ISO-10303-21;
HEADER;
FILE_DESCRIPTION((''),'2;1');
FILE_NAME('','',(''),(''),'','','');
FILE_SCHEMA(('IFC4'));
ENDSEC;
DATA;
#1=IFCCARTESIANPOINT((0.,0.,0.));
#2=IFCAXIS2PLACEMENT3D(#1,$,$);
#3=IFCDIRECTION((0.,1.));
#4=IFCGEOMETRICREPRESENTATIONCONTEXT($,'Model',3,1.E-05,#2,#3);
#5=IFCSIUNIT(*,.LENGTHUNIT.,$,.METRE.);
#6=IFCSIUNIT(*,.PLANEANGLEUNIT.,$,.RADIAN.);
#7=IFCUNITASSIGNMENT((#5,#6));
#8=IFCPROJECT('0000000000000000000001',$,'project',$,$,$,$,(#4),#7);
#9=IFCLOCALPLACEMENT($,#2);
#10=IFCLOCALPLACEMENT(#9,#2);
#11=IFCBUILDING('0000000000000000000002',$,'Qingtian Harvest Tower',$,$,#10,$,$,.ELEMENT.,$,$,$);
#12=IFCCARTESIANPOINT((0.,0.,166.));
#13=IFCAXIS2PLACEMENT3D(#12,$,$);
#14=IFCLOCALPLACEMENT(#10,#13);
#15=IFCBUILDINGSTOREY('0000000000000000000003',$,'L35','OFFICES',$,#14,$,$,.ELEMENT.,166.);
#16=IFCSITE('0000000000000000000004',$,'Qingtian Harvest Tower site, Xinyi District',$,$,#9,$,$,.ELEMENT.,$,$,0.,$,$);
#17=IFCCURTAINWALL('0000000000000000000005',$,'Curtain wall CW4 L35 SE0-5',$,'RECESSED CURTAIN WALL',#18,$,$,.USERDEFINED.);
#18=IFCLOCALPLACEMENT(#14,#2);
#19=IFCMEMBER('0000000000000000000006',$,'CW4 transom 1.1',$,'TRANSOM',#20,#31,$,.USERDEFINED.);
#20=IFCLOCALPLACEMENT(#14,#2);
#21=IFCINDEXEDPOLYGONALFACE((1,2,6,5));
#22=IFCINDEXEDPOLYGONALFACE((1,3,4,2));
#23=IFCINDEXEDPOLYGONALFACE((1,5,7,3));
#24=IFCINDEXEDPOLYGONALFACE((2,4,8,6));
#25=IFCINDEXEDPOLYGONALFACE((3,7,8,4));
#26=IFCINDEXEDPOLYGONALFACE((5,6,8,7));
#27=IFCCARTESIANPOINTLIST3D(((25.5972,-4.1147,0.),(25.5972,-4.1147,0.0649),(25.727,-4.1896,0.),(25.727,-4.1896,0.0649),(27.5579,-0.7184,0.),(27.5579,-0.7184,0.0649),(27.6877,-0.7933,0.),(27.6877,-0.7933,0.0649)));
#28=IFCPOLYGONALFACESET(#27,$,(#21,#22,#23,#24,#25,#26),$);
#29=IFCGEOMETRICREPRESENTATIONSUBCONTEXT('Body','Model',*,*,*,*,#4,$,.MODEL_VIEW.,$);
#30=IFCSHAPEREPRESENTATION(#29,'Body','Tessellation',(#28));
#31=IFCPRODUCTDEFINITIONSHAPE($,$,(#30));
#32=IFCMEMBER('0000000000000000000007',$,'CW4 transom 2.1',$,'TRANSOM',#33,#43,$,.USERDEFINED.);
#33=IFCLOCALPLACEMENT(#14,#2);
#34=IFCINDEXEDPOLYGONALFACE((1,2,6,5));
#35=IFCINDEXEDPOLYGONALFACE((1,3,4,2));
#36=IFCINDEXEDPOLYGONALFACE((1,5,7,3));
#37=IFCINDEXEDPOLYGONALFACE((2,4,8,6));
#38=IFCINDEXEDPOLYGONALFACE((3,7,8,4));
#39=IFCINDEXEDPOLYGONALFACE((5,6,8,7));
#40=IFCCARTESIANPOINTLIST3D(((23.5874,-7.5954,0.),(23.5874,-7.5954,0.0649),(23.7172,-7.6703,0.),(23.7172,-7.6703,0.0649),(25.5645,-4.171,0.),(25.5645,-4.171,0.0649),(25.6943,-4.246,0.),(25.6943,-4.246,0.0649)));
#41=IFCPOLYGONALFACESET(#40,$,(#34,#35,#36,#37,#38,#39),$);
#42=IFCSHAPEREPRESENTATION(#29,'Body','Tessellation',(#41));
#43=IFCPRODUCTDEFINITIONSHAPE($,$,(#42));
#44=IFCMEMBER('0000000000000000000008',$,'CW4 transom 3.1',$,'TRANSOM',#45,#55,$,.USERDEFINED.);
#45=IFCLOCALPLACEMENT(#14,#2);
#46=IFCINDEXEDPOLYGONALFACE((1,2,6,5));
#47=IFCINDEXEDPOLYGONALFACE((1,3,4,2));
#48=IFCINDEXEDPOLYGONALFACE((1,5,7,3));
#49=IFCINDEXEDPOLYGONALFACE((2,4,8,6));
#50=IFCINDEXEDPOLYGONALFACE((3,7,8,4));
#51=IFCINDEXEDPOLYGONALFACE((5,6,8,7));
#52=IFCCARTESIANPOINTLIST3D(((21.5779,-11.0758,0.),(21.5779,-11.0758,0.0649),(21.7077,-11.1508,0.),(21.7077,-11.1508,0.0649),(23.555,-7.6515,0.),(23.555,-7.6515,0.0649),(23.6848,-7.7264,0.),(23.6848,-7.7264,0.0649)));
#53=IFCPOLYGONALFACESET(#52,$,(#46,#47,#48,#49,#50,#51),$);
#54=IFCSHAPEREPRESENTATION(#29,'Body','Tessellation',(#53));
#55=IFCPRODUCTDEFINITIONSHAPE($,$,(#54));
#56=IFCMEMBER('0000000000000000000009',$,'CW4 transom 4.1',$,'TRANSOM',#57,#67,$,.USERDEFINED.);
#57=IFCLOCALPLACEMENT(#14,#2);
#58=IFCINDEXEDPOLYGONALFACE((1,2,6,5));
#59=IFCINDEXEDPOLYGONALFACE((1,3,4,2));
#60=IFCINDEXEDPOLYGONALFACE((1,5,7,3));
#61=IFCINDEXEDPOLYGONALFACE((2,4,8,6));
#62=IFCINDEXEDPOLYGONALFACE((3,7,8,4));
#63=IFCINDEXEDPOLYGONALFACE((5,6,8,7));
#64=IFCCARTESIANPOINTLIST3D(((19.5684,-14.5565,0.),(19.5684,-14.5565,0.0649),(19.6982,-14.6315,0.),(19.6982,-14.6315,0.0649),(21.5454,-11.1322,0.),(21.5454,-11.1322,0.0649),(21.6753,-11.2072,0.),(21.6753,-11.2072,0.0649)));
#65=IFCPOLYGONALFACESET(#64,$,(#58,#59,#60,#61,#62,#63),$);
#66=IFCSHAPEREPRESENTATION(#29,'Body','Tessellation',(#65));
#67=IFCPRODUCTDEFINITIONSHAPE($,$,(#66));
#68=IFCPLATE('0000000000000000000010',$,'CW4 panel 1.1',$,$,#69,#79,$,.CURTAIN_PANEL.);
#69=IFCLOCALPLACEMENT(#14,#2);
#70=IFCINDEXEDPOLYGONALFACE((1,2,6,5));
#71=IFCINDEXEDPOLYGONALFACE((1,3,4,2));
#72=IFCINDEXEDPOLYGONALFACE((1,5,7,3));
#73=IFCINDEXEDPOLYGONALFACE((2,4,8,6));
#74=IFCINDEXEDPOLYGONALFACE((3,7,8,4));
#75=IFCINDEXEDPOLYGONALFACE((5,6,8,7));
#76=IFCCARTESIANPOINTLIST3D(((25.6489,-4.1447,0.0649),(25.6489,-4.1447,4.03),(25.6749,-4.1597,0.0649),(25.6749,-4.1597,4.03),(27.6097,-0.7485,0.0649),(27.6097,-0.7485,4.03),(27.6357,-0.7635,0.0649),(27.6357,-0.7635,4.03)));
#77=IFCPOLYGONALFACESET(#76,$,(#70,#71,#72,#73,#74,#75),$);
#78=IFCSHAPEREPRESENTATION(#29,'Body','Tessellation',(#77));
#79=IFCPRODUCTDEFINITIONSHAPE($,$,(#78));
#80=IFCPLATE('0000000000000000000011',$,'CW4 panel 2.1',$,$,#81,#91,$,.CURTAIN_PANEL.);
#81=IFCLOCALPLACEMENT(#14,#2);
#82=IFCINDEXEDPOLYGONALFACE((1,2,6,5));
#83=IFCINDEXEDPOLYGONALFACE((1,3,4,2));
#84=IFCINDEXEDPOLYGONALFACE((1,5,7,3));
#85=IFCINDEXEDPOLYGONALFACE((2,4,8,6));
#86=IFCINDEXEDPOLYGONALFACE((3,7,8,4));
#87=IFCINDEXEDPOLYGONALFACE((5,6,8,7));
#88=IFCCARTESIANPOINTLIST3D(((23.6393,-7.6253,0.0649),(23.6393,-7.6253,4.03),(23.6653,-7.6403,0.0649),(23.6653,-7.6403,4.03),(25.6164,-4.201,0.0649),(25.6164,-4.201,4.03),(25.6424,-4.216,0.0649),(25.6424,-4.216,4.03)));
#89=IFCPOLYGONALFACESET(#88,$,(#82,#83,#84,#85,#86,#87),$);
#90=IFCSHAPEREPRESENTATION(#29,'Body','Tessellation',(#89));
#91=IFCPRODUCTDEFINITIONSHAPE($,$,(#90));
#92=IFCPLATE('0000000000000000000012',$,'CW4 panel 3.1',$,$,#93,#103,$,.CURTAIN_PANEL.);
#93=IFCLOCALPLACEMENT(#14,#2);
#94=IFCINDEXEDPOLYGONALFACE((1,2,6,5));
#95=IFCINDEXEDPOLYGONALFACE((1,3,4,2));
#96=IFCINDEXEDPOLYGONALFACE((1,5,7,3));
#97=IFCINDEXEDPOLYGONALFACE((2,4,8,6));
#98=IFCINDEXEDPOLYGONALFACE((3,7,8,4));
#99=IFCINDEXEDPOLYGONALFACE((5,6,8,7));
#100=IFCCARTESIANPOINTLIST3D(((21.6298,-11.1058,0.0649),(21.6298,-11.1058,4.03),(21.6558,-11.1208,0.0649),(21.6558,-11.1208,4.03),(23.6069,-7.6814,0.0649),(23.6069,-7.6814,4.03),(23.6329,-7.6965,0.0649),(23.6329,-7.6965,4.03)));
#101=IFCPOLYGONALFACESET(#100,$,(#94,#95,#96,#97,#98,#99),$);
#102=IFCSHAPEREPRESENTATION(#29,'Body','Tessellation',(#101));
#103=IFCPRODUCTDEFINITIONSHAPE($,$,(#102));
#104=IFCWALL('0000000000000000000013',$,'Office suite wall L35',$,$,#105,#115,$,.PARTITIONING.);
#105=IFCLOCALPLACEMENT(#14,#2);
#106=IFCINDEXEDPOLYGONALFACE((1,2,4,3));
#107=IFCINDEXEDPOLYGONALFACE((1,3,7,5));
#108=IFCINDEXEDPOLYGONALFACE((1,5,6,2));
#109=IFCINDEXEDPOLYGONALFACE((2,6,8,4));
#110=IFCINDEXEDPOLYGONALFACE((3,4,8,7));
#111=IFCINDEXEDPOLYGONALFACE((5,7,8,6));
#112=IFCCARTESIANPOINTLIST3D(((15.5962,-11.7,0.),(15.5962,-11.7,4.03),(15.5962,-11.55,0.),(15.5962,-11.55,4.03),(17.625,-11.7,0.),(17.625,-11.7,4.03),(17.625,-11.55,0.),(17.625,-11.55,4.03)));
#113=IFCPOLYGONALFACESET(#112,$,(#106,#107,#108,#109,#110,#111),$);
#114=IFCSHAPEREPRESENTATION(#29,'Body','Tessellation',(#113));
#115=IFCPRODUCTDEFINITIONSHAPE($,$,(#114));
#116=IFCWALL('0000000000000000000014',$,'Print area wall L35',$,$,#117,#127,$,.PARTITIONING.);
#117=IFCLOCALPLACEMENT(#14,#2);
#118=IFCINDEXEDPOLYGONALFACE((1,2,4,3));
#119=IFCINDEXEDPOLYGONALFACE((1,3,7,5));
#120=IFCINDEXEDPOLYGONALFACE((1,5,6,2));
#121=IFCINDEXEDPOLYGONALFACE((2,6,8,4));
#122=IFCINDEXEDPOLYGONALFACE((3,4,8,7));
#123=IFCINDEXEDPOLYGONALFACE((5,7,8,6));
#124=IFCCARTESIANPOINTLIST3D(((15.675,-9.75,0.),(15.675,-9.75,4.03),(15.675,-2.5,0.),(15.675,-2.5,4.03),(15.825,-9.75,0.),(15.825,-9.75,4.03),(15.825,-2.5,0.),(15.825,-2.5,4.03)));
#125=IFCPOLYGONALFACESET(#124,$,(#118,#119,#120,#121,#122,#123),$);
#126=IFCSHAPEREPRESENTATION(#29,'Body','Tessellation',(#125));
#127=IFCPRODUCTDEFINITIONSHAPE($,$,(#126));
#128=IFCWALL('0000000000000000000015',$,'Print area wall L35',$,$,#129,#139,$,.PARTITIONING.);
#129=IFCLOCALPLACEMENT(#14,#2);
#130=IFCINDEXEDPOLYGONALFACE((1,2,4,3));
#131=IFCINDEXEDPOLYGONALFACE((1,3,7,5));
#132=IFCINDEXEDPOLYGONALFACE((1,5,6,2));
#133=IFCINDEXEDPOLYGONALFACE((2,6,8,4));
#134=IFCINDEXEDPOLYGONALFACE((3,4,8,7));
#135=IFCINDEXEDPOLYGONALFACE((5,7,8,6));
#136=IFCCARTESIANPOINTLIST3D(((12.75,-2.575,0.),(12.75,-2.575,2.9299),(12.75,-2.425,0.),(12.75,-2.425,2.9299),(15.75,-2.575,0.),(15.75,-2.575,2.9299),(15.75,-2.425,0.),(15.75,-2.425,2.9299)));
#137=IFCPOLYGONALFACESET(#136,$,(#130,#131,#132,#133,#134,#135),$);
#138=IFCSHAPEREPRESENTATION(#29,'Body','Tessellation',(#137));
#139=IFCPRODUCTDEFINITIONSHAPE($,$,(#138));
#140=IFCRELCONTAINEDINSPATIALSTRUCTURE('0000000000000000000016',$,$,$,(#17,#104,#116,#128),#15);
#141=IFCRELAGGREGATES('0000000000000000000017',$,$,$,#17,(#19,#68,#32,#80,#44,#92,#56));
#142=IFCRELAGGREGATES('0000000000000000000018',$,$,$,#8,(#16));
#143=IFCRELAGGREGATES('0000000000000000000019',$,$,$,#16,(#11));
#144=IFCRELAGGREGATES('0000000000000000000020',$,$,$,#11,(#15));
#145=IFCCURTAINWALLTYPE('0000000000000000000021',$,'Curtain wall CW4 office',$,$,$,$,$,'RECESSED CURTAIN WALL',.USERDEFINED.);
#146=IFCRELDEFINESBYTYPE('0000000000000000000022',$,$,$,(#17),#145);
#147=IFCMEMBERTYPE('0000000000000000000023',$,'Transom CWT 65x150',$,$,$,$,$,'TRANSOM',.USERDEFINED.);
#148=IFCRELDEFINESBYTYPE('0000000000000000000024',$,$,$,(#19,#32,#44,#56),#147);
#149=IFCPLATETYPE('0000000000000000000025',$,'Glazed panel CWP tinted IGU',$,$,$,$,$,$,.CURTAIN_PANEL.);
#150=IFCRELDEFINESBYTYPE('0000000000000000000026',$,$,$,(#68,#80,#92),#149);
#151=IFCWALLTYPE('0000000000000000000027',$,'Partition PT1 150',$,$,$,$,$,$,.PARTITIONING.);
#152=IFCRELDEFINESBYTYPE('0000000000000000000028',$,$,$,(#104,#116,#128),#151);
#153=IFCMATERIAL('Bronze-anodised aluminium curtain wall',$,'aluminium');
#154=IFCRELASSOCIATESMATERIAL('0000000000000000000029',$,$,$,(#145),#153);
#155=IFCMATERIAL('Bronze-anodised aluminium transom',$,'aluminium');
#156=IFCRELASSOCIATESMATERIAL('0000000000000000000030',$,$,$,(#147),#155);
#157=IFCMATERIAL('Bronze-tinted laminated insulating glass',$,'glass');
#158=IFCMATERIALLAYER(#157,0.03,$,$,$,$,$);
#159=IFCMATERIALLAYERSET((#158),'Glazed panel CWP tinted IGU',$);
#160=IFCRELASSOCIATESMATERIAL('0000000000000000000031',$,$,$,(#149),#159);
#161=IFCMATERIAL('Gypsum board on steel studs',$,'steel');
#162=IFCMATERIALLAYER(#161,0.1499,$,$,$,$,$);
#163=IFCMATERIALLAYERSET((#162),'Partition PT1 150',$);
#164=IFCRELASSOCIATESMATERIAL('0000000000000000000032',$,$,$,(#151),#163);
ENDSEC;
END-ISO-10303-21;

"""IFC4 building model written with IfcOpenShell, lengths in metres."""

from ifc_helpers import new_model, si_unit, direction, frame, frame_2d, origin, origin_2d, place, context, subcontext, project, spatial, rectangle, extrude, material, layer, layer_set, material_profile, profile_set, type_object, element, aggregate, save


model = new_model("IFC4")

# Units and contexts
model_context = context("Model", 3, precision=1e-05, world=origin(), true_north=direction((0.0, 1.0)))
body_context = subcontext(model_context, "Body", "Model", "MODEL_VIEW")
ifc_project = project(units=[si_unit("LENGTHUNIT", "METRE"), si_unit("PLANEANGLEUNIT", "RADIAN")], contexts=[model_context])

# Site, building, storey
site_placement = place(None, origin())
site = spatial("IfcSite", under=ifc_project, at=site_placement, Name="Qingtian Harvest Tower site, Xinyi District", CompositionType="ELEMENT", RefElevation=0.0)
building_placement = place(site_placement, origin())
building = spatial("IfcBuilding", under=site, at=building_placement, Name="Qingtian Harvest Tower", CompositionType="ELEMENT")
storey_placement = place(building_placement, frame((0.0, 0.0, 166.0)))
storey = spatial("IfcBuildingStorey", under=building, at=storey_placement, Name="L35", Description="OFFICES", CompositionType="ELEMENT", Elevation=166.0)

# Shared definitions
ifc_material_1 = material(Name="Bronze-anodised aluminium curtain wall", Category="aluminium")
curtain_wall_type = type_object("IfcCurtainWallType", Name="Curtain wall CW4 office", ElementType="RECESSED CURTAIN WALL", PredefinedType="USERDEFINED", material=ifc_material_1)

# Curtain wall
curtain_wall_1_placement = place(storey_placement, origin())
curtain_wall_1 = element("IfcCurtainWall", 1, at=curtain_wall_1_placement, inside=storey, type_object=curtain_wall_type, Name="Curtain wall CW4 L35 SE0-5", ObjectType="RECESSED CURTAIN WALL", PredefinedType="USERDEFINED")

# Members
ifc_material_2 = material(Name="Bronze-anodised aluminium transom", Category="aluminium")
ifc_material_profile_1 = material_profile(ifc_material_2, rectangle(XDim=0.1499, YDim=0.0649, at=origin_2d()), Name="AL 65x150")
ifc_profile_set_1 = profile_set([ifc_material_profile_1], Name="Bronze-anodised aluminium transom")
member_type_1 = type_object("IfcMemberType", Name="Transom CWT 65x150", ElementType="TRANSOM", PredefinedType="USERDEFINED", material=ifc_profile_set_1)
member_1_placement = place(storey_placement, frame((27.6228, -0.7559, 0.0325), z_axis=(-0.499976, -0.866039, 0.0), x_axis=(0.866039, -0.499976, 0.0)))
member_1 = element("IfcMember", 2, at=member_1_placement, type_object=member_type_1, Name="CW4 transom 1.1", ObjectType="TRANSOM", PredefinedType="USERDEFINED", context=body_context, shape_type="SweptSolid", body=[
    extrude(rectangle(XDim=0.1499, YDim=0.0649, at=origin_2d()), origin(), (0.0, 0.0, 1.0), 3.9216),
])
member_2_placement = place(storey_placement, frame((25.6294, -4.2085, 0.0325), z_axis=(-0.500004, -0.866023, 0.0), x_axis=(0.866023, -0.500004, 0.0)))
member_2 = element("IfcMember", 3, at=member_2_placement, type_object=member_type_1, Name="CW4 transom 2.1", ObjectType="TRANSOM", PredefinedType="USERDEFINED", context=body_context, shape_type="SweptSolid", body=[
    extrude(rectangle(XDim=0.1499, YDim=0.0649, at=origin_2d()), origin(), (0.0, 0.0, 1.0), 3.9541),
])
member_3_placement = place(storey_placement, frame((23.6199, -7.689, 0.0325), z_axis=(-0.500004, -0.866023, 0.0), x_axis=(0.866023, -0.500004, 0.0)))
member_3 = element("IfcMember", 4, at=member_3_placement, type_object=member_type_1, Name="CW4 transom 3.1", ObjectType="TRANSOM", PredefinedType="USERDEFINED", context=body_context, shape_type="SweptSolid", body=[
    extrude(rectangle(XDim=0.1499, YDim=0.0649, at=origin_2d()), origin(), (0.0, 0.0, 1.0), 3.9541),
])
member_4_placement = place(storey_placement, frame((21.6104, -11.1697, 0.0325), z_axis=(-0.500004, -0.866023, 0.0), x_axis=(0.866023, -0.500004, 0.0)))
member_4 = element("IfcMember", 5, at=member_4_placement, type_object=member_type_1, Name="CW4 transom 4.1", ObjectType="TRANSOM", PredefinedType="USERDEFINED", context=body_context, shape_type="SweptSolid", body=[
    extrude(rectangle(XDim=0.1499, YDim=0.0649, at=origin_2d()), origin(), (0.0, 0.0, 1.0), 3.9541),
])

# Plates
ifc_material_3 = material(Name="Bronze-tinted laminated insulating glass", Category="glass")
ifc_layer_1 = layer(ifc_material_3, 0.03)
ifc_layer_set_1 = layer_set([ifc_layer_1], Name="Glazed panel CWP tinted IGU")
plate_type = type_object("IfcPlateType", Name="Glazed panel CWP tinted IGU", PredefinedType="CURTAIN_PANEL", material=ifc_layer_set_1)
plate_1_placement = place(storey_placement, frame((26.6423, -2.4541, 0.0649), z_axis=(0.0, 0.0, 1.0), x_axis=(-0.5, -0.866025, 0.0)))
plate_1 = element("IfcPlate", 6, at=plate_1_placement, type_object=plate_type, Name="CW4 panel 1.1", PredefinedType="CURTAIN_PANEL", context=body_context, shape_type="SweptSolid", body=[
    extrude(rectangle(XDim=3.9216, YDim=0.03, at=origin_2d()), origin(), (0.0, 0.0, 1.0), 3.9651),
])
plate_2_placement = place(storey_placement, frame((24.6409, -5.9207, 0.0649), z_axis=(0.0, 0.0, 1.0), x_axis=(-0.5, -0.866025, 0.0)))
plate_2 = element("IfcPlate", 7, at=plate_2_placement, type_object=plate_type, Name="CW4 panel 2.1", PredefinedType="CURTAIN_PANEL", context=body_context, shape_type="SweptSolid", body=[
    extrude(rectangle(XDim=3.9541, YDim=0.03, at=origin_2d()), origin(), (0.0, 0.0, 1.0), 3.9651),
])
plate_3_placement = place(storey_placement, frame((22.6313, -9.4011, 0.0649), z_axis=(0.0, 0.0, 1.0), x_axis=(-0.5, -0.866025, 0.0)))
plate_3 = element("IfcPlate", 8, at=plate_3_placement, type_object=plate_type, Name="CW4 panel 3.1", PredefinedType="CURTAIN_PANEL", context=body_context, shape_type="SweptSolid", body=[
    extrude(rectangle(XDim=3.9541, YDim=0.03, at=origin_2d()), origin(), (0.0, 0.0, 1.0), 3.9651),
])
aggregate(curtain_wall_1, [member_1, plate_1, member_2, plate_2, member_3, plate_3, member_4])

# Walls
ifc_material_4 = material(Name="Gypsum board on steel studs", Category="steel")
ifc_layer_2 = layer(ifc_material_4, 0.1499)
ifc_layer_set_2 = layer_set([ifc_layer_2], Name="Partition PT1 150")
wall_type = type_object("IfcWallType", Name="Partition PT1 150", PredefinedType="PARTITIONING", material=ifc_layer_set_2)
wall_1_placement = place(storey_placement, frame((17.625, -11.625, 0.0), z_axis=(0.0, 0.0, 1.0), x_axis=(-1.0, 0.0, 0.0)))
element("IfcWall", 9, at=wall_1_placement, inside=storey, type_object=wall_type, Name="Office suite wall L35", PredefinedType="PARTITIONING", context=body_context, shape_type="SweptSolid", body=[
    extrude(rectangle(XDim=2.0288, YDim=0.1499, at=frame_2d((1.0144, 0.0))), origin(), (0.0, 0.0, 1.0), 4.03),
])
wall_2_placement = place(storey_placement, frame((15.75, -9.75, 0.0), z_axis=(0.0, 0.0, 1.0), x_axis=(0.0, 1.0, 0.0)))
element("IfcWall", 10, at=wall_2_placement, inside=storey, type_object=wall_type, Name="Print area wall L35", PredefinedType="PARTITIONING", context=body_context, shape_type="SweptSolid", body=[
    extrude(rectangle(XDim=7.25, YDim=0.1499, at=frame_2d((3.625, 0.0))), origin(), (0.0, 0.0, 1.0), 4.03),
])
wall_3_placement = place(storey_placement, frame((12.75, -2.5, 0.0), z_axis=(0.0, 0.0, 1.0), x_axis=(1.0, 0.0, 0.0)))
element("IfcWall", 11, at=wall_3_placement, inside=storey, type_object=wall_type, Name="Print area wall L35", PredefinedType="PARTITIONING", context=body_context, shape_type="SweptSolid", body=[
    extrude(rectangle(XDim=3.0, YDim=0.1499, at=frame_2d((1.5, 0.0))), origin(), (0.0, 0.0, 1.0), 2.9299),
])

save(model, "model.ifc")
